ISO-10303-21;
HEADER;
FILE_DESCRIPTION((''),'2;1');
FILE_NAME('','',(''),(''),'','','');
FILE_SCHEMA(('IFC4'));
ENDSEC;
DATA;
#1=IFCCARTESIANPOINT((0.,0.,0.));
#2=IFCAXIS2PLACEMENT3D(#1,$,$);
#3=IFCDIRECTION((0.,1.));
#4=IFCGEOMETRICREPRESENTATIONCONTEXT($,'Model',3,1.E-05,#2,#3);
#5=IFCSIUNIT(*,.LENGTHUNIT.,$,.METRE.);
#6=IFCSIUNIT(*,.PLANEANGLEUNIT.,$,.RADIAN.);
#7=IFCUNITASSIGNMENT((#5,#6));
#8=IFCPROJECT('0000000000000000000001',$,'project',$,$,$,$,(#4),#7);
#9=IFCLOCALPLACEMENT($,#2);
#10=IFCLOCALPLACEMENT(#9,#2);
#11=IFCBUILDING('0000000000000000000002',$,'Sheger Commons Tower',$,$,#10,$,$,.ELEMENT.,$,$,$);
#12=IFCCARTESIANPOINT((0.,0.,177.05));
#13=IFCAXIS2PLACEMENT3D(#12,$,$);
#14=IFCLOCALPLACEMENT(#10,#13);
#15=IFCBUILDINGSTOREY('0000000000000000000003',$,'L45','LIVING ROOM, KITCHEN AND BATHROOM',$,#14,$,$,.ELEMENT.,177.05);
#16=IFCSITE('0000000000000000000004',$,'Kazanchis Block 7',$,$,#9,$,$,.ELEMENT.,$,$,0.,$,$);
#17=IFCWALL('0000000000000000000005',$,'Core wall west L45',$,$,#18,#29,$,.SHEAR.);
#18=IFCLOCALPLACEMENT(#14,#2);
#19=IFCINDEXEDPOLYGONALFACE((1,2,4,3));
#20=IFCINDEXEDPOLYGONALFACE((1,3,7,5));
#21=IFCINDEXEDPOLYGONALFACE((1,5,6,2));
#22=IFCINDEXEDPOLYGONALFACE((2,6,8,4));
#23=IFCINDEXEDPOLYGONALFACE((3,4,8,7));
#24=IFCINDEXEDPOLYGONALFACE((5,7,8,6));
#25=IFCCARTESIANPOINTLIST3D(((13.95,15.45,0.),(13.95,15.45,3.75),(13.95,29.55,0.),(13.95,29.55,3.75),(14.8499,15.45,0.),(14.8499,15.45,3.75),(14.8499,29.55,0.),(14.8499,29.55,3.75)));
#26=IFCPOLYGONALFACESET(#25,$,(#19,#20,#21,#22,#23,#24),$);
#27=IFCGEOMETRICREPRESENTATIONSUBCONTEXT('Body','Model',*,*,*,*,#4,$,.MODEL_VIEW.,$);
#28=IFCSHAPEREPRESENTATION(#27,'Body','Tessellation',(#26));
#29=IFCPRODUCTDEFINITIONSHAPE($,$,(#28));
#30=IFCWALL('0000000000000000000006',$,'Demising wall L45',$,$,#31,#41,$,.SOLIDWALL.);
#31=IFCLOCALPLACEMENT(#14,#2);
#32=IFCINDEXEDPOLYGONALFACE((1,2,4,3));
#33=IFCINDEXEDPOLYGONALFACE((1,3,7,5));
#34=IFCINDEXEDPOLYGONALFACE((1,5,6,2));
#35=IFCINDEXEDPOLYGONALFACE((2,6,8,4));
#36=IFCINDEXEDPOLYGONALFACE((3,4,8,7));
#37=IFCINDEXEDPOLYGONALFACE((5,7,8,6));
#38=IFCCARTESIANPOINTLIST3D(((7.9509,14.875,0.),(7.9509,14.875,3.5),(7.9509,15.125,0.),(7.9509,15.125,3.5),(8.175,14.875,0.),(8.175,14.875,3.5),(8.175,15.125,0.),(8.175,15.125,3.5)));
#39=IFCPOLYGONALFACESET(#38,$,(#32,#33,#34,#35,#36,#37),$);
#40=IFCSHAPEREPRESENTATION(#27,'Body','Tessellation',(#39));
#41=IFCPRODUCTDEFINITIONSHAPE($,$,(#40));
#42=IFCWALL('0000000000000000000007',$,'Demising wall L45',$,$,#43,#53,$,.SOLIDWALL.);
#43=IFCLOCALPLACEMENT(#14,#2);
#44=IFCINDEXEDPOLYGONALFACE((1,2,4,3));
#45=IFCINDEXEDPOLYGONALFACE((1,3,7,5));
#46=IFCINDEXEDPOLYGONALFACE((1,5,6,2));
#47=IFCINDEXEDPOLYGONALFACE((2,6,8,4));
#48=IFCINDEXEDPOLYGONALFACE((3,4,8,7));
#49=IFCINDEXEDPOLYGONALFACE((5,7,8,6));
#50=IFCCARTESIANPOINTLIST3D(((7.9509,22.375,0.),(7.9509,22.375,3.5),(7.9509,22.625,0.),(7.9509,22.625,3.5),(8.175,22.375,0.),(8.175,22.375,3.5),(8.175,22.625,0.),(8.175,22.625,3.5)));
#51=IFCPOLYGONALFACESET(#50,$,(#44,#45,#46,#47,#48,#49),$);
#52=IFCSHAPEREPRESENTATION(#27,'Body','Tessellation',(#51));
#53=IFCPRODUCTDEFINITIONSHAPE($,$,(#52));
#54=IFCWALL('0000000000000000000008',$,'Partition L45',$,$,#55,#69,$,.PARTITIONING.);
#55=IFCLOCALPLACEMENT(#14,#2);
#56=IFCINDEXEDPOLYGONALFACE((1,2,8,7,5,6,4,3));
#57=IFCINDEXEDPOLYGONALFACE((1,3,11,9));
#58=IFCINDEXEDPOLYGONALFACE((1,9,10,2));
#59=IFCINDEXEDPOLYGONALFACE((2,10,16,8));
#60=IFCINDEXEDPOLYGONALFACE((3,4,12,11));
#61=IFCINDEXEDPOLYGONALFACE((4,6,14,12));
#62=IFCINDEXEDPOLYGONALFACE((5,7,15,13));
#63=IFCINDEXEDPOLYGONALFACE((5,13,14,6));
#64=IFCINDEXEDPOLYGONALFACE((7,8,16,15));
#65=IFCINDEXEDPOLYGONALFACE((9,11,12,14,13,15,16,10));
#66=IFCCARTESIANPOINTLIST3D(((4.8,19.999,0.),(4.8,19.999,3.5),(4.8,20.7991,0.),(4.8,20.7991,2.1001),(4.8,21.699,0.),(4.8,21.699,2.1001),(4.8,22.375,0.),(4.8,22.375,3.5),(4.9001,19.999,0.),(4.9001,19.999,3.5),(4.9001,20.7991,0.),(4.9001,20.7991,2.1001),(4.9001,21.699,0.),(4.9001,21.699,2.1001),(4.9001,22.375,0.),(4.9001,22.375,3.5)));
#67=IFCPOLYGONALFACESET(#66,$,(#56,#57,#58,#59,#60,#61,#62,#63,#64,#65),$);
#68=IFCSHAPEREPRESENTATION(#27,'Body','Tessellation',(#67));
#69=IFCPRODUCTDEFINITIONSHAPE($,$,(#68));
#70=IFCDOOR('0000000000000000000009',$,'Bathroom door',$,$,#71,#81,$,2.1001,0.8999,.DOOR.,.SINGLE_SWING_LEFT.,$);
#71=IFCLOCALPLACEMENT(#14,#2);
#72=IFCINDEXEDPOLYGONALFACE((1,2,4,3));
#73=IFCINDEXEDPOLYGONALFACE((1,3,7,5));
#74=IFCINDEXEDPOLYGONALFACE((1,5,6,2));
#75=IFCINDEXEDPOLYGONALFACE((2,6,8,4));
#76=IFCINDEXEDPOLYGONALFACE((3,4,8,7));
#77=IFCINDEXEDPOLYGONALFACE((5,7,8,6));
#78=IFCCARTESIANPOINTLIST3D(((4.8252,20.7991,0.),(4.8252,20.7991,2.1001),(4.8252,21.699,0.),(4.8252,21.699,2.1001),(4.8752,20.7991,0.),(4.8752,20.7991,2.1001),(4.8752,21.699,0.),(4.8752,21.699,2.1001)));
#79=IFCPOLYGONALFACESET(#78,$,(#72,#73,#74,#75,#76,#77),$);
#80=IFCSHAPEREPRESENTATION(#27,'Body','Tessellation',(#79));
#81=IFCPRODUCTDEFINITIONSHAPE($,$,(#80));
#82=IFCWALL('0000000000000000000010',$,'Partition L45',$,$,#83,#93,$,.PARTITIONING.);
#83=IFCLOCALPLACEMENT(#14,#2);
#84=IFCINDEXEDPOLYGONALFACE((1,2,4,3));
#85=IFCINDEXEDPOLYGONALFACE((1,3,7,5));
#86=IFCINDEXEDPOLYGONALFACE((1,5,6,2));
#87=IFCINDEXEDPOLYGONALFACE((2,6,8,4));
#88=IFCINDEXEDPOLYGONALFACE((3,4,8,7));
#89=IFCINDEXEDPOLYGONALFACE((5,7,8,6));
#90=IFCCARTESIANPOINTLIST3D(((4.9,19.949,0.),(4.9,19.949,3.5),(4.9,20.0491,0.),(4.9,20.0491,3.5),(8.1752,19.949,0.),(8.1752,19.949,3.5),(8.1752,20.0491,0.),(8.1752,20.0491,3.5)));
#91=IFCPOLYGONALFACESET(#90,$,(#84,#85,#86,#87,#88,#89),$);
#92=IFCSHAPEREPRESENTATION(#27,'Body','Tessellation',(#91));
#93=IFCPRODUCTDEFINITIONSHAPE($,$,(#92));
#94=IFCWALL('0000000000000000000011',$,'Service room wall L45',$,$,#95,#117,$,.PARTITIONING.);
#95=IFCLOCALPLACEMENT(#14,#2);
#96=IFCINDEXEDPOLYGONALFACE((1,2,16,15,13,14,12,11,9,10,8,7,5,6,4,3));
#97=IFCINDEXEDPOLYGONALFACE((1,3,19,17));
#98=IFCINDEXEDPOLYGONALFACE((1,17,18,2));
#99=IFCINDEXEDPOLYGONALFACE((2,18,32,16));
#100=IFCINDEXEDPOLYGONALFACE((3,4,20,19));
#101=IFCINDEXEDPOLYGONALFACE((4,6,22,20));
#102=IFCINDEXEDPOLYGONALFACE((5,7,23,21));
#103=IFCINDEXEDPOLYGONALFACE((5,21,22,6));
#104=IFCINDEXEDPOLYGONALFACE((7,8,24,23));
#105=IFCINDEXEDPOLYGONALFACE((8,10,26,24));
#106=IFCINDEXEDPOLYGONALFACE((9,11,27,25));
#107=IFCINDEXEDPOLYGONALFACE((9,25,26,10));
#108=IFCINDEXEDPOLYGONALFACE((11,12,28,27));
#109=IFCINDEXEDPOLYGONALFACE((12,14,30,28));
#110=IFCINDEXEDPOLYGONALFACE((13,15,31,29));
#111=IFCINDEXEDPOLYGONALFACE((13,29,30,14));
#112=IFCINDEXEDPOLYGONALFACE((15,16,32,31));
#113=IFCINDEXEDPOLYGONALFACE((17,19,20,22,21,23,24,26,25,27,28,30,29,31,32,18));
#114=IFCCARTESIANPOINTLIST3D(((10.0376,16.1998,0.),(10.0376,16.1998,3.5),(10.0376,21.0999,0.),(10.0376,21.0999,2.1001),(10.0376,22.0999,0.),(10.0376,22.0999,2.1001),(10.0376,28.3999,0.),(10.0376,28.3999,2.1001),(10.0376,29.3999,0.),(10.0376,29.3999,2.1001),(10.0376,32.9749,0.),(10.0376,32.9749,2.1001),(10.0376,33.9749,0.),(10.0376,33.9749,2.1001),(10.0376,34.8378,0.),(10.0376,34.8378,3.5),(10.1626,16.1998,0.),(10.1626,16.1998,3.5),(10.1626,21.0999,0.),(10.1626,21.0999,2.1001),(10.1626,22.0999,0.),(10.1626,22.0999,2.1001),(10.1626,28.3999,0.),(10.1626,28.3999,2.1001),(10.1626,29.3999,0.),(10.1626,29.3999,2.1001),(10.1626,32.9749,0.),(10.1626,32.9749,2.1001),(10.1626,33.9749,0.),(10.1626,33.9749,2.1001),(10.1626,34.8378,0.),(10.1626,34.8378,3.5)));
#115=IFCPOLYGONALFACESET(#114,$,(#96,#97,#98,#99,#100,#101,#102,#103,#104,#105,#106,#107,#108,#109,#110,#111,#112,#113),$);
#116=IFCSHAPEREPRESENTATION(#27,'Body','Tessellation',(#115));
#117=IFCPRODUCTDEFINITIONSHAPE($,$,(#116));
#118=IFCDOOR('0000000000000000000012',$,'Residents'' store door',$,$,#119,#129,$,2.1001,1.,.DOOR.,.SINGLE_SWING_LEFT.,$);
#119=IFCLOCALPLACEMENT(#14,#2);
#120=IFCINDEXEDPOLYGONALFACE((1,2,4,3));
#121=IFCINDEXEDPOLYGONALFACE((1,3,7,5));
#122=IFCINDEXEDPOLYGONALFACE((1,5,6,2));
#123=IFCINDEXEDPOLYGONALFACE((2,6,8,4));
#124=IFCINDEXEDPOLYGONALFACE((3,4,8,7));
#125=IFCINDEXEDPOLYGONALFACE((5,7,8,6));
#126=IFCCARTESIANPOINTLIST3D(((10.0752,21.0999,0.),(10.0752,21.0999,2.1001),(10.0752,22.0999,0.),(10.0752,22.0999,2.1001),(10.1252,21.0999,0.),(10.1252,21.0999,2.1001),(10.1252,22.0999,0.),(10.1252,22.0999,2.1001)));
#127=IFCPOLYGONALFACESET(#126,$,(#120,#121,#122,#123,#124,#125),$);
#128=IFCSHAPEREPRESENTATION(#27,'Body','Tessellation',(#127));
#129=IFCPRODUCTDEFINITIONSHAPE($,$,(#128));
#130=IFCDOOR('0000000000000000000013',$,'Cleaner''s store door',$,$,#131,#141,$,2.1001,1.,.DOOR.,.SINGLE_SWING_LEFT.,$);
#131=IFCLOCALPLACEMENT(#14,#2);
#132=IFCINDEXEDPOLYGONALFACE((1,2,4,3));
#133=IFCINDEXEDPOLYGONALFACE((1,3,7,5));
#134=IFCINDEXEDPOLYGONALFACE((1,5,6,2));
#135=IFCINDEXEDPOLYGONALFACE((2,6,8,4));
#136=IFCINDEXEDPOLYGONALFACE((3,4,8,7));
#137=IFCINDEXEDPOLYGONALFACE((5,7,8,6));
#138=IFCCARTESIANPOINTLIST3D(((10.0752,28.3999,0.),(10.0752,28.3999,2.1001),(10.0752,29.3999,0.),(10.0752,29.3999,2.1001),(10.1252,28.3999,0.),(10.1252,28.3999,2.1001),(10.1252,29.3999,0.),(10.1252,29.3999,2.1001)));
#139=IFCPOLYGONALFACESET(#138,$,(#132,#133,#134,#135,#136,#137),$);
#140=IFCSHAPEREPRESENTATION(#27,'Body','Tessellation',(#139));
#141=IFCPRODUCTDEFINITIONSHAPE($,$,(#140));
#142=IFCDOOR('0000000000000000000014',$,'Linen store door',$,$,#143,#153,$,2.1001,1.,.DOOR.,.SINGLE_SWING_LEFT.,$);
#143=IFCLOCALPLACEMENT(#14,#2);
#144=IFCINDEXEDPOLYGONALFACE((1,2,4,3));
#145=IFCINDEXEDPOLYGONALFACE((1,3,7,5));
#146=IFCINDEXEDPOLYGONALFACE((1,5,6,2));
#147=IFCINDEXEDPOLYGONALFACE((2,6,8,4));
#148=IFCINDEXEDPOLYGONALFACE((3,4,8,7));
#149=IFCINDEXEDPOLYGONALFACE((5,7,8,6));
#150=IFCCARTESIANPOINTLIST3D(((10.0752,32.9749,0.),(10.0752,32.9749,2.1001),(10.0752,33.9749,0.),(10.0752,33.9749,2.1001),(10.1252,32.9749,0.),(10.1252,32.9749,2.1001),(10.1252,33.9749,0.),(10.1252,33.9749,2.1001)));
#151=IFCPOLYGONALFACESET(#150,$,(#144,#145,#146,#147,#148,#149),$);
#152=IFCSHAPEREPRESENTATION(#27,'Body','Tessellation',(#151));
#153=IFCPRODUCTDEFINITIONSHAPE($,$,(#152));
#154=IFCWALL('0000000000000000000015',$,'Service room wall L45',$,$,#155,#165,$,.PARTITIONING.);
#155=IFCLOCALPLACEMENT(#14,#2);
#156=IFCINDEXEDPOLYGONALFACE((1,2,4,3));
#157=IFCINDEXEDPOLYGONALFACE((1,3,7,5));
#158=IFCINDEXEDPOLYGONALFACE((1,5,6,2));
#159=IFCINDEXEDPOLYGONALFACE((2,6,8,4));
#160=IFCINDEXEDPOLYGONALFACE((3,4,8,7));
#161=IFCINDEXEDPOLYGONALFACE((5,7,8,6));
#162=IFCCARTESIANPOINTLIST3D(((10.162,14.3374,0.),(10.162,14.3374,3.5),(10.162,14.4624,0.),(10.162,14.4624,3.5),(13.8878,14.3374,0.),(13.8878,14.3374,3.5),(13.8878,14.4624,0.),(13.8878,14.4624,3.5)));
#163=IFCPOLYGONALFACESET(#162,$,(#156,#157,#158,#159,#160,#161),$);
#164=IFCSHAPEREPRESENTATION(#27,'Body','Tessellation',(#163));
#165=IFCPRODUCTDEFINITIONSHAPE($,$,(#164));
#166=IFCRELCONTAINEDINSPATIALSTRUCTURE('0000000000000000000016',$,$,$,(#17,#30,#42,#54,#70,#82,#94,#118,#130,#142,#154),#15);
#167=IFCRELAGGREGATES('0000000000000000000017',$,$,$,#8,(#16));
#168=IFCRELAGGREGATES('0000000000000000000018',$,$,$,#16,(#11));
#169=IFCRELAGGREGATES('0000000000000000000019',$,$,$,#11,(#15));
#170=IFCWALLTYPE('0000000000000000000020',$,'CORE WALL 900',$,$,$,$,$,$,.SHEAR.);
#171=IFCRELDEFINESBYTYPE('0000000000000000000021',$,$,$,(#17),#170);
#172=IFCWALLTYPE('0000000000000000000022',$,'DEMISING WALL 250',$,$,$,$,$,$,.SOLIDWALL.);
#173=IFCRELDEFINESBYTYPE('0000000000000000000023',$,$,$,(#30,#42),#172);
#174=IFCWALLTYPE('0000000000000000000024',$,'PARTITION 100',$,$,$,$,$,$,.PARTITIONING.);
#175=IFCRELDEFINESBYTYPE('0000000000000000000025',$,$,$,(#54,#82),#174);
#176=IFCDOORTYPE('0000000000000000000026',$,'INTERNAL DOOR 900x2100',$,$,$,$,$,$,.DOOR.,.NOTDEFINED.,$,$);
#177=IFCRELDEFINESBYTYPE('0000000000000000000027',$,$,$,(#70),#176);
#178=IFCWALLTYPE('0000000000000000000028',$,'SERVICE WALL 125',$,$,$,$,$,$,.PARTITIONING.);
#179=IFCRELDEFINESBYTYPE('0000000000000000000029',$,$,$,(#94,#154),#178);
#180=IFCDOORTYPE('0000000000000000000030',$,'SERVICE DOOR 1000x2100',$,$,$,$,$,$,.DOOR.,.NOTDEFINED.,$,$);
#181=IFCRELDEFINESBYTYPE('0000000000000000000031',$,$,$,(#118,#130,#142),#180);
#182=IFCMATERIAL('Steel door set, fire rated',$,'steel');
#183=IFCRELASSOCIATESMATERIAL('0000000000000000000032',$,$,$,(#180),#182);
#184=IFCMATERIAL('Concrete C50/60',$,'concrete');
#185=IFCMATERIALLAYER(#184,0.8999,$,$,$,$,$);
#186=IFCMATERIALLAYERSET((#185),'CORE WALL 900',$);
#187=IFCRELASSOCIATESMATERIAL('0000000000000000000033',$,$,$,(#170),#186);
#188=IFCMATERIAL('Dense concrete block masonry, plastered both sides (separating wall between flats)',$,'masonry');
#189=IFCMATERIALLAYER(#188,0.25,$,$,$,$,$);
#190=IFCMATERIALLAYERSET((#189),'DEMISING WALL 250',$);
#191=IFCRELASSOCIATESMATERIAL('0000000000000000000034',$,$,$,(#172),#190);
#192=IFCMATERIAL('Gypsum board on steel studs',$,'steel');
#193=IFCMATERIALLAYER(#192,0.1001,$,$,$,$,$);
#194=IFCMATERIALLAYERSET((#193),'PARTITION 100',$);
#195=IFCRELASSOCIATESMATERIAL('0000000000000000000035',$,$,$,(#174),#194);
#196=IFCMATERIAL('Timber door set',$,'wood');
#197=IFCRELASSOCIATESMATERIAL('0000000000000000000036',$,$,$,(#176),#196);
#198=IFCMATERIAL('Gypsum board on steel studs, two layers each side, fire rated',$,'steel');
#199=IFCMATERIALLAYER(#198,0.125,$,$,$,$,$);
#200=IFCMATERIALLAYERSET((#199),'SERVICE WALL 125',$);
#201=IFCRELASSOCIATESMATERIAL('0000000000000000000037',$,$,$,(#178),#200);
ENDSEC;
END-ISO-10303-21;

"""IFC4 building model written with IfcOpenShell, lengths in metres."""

from ifc_helpers import new_model, si_unit, direction, frame, frame_2d, origin, place, context, subcontext, project, spatial, rectangle, extrude, material, layer, layer_set, type_object, element, fill, save


model = new_model("IFC4")

# Units and contexts
model_context = context("Model", 3, precision=1e-05, world=origin(), true_north=direction((0.0, 1.0)))
body_context = subcontext(model_context, "Body", "Model", "MODEL_VIEW")
ifc_project = project(units=[si_unit("LENGTHUNIT", "METRE"), si_unit("PLANEANGLEUNIT", "RADIAN")], contexts=[model_context])

# Site, building, storey
site_placement = place(None, origin())
site = spatial("IfcSite", under=ifc_project, at=site_placement, Name="Kazanchis Block 7", CompositionType="ELEMENT", RefElevation=0.0)
building_placement = place(site_placement, origin())
building = spatial("IfcBuilding", under=site, at=building_placement, Name="Sheger Commons Tower", CompositionType="ELEMENT")
storey_placement = place(building_placement, frame((0.0, 0.0, 177.05)))
storey = spatial("IfcBuildingStorey", under=building, at=storey_placement, Name="L45", Description="LIVING ROOM, KITCHEN AND BATHROOM", CompositionType="ELEMENT", Elevation=177.05)

# Shared definitions
ifc_material_1 = material(Name="Steel door set, fire rated", Category="steel")
door_type_1 = type_object("IfcDoorType", Name="SERVICE DOOR 1000x2100", OperationType="NOTDEFINED", PredefinedType="DOOR", material=ifc_material_1)
ifc_material_2 = material(Name="Concrete C50/60", Category="concrete")
ifc_layer_1 = layer(ifc_material_2, 0.8999)
ifc_layer_set_1 = layer_set([ifc_layer_1], Name="CORE WALL 900")
wall_type_1 = type_object("IfcWallType", Name="CORE WALL 900", PredefinedType="SHEAR", material=ifc_layer_set_1)

# Walls
wall_1_placement = place(storey_placement, frame((14.3999, 15.45, 0.0), z_axis=(0.0, 0.0, 1.0), x_axis=(0.0, 1.0, 0.0)))
element("IfcWall", 1, at=wall_1_placement, inside=storey, type_object=wall_type_1, Name="Core wall west L45", PredefinedType="SHEAR", context=body_context, shape_type="SweptSolid", body=[
    extrude(rectangle(XDim=14.1001, YDim=0.8999, at=frame_2d((7.05, 0.0))), origin(), (0.0, 0.0, 1.0), 3.75),
])
ifc_material_3 = material(Name="Dense concrete block masonry, plastered both sides (separating wall between flats)", Category="masonry")
ifc_layer_2 = layer(ifc_material_3, 0.25)
ifc_layer_set_2 = layer_set([ifc_layer_2], Name="DEMISING WALL 250")
wall_type_2 = type_object("IfcWallType", Name="DEMISING WALL 250", PredefinedType="SOLIDWALL", material=ifc_layer_set_2)
for number, where, z_axis, x_axis, name in (
    (2, (7.9509, 15.0, 0.0), (0.0, 0.0, 1.0), (1.0, 0.0, 0.0), "Demising wall L45"),
    (3, (7.9509, 22.5, 0.0), (0.0, 0.0, 1.0), (1.0, 0.0, 0.0), "Demising wall L45"),
):
    element("IfcWall", number, at=place(storey_placement, frame(where, z_axis=z_axis, x_axis=x_axis)), inside=storey, type_object=wall_type_2, Name=name, PredefinedType="SOLIDWALL", context=body_context, shape_type="SweptSolid", body=[
        extrude(rectangle(XDim=0.2241, YDim=0.25, at=frame_2d((0.1121, 0.0))), origin(), (0.0, 0.0, 1.0), 3.5),
    ])

# Wall, opening, door
ifc_material_4 = material(Name="Gypsum board on steel studs", Category="steel")
ifc_layer_3 = layer(ifc_material_4, 0.1001)
ifc_layer_set_3 = layer_set([ifc_layer_3], Name="PARTITION 100")
wall_type_3 = type_object("IfcWallType", Name="PARTITION 100", PredefinedType="PARTITIONING", material=ifc_layer_set_3)
wall_2_placement = place(storey_placement, frame((4.8501, 19.999, 0.0), z_axis=(0.0, 0.0, 1.0), x_axis=(0.0, 1.0, 0.0)))
wall_2 = element("IfcWall", 4, at=wall_2_placement, inside=storey, type_object=wall_type_3, Name="Partition L45", PredefinedType="PARTITIONING", context=body_context, shape_type="SweptSolid", body=[
    extrude(rectangle(XDim=2.376, YDim=0.1001, at=frame_2d((1.188, 0.0))), origin(), (0.0, 0.0, 1.0), 3.5),
])
opening_1_placement = place(wall_2_placement, frame((0.8, 0.0, 0.0)))
opening_1 = element("IfcOpeningElement", 5, at=opening_1_placement, cuts=wall_2, PredefinedType="OPENING", context=body_context, shape_type="SweptSolid", body=[
    extrude(rectangle(XDim=0.8999, YDim=2.1001, at=frame_2d((0.45, 1.05))), frame((0.0, 0.0601, 0.0), z_axis=(0.0, -1.0, 0.0), x_axis=(1.0, 0.0, 0.0)), (0.0, 0.0, 1.0), 0.1201),
])
ifc_material_5 = material(Name="Timber door set", Category="wood")
door_type_2 = type_object("IfcDoorType", Name="INTERNAL DOOR 900x2100", OperationType="NOTDEFINED", PredefinedType="DOOR", material=ifc_material_5)
door_1_placement = place(opening_1_placement, origin())
door_1 = element("IfcDoor", 6, at=door_1_placement, inside=storey, type_object=door_type_2, Name="Bathroom door", OperationType="SINGLE_SWING_LEFT", OverallHeight=2.1001, OverallWidth=0.8999, PredefinedType="DOOR", context=body_context, shape_type="SweptSolid", body=[
    extrude(rectangle(XDim=0.8999, YDim=2.1001, at=frame_2d((0.45, 1.05))), frame((0.0, 0.0249, 0.0), z_axis=(0.0, -1.0, 0.0), x_axis=(1.0, 0.0, 0.0)), (0.0, 0.0, 1.0), 0.05),
])
fill(opening_1, door_1)

# Wall
wall_3_placement = place(storey_placement, frame((4.8999, 19.999, 0.0), z_axis=(0.0, 0.0, 1.0), x_axis=(1.0, 0.0, 0.0)))
element("IfcWall", 7, at=wall_3_placement, inside=storey, type_object=wall_type_3, Name="Partition L45", PredefinedType="PARTITIONING", context=body_context, shape_type="SweptSolid", body=[
    extrude(rectangle(XDim=3.2751, YDim=0.1001, at=frame_2d((1.6377, 0.0))), origin(), (0.0, 0.0, 1.0), 3.5),
])

# Wall, openings, doors
ifc_material_6 = material(Name="Gypsum board on steel studs, two layers each side, fire rated", Category="steel")
ifc_layer_4 = layer(ifc_material_6, 0.125)
ifc_layer_set_4 = layer_set([ifc_layer_4], Name="SERVICE WALL 125")
wall_type_4 = type_object("IfcWallType", Name="SERVICE WALL 125", PredefinedType="PARTITIONING", material=ifc_layer_set_4)
wall_4_placement = place(storey_placement, frame((10.1001, 16.2, 0.0), z_axis=(0.0, 0.0, 1.0), x_axis=(0.0, 1.0, 0.0)))
wall_4 = element("IfcWall", 8, at=wall_4_placement, inside=storey, type_object=wall_type_4, Name="Service room wall L45", PredefinedType="PARTITIONING", context=body_context, shape_type="SweptSolid", body=[
    extrude(rectangle(XDim=18.6379, YDim=0.125, at=frame_2d((9.3188, 0.0))), origin(), (0.0, 0.0, 1.0), 3.5),
])
opening_2_placement = place(wall_4_placement, frame((4.8999, 0.0, 0.0)))
opening_2 = element("IfcOpeningElement", 9, at=opening_2_placement, cuts=wall_4, PredefinedType="OPENING", context=body_context, shape_type="SweptSolid", body=[
    extrude(rectangle(XDim=1.0, YDim=2.1001, at=frame_2d((0.5, 1.05))), frame((0.0, 0.0725, 0.0), z_axis=(0.0, -1.0, 0.0), x_axis=(1.0, 0.0, 0.0)), (0.0, 0.0, 1.0), 0.145),
])
opening_3_placement = place(wall_4_placement, frame((12.2, 0.0, 0.0)))
opening_3 = element("IfcOpeningElement", 10, at=opening_3_placement, cuts=wall_4, PredefinedType="OPENING", context=body_context, shape_type="SweptSolid", body=[
    extrude(rectangle(XDim=1.0, YDim=2.1001, at=frame_2d((0.5, 1.05))), frame((0.0, 0.0725, 0.0), z_axis=(0.0, -1.0, 0.0), x_axis=(1.0, 0.0, 0.0)), (0.0, 0.0, 1.0), 0.145),
])
opening_4_placement = place(wall_4_placement, frame((16.7749, 0.0, 0.0)))
opening_4 = element("IfcOpeningElement", 11, at=opening_4_placement, cuts=wall_4, PredefinedType="OPENING", context=body_context, shape_type="SweptSolid", body=[
    extrude(rectangle(XDim=1.0, YDim=2.1001, at=frame_2d((0.5, 1.05))), frame((0.0, 0.0725, 0.0), z_axis=(0.0, -1.0, 0.0), x_axis=(1.0, 0.0, 0.0)), (0.0, 0.0, 1.0), 0.145),
])
door_2_placement = place(opening_2_placement, origin())
door_2 = element("IfcDoor", 12, at=door_2_placement, inside=storey, type_object=door_type_1, Name="Residents' store door", OperationType="SINGLE_SWING_LEFT", OverallHeight=2.1001, OverallWidth=1.0, PredefinedType="DOOR", context=body_context, shape_type="SweptSolid", body=[
    extrude(rectangle(XDim=1.0, YDim=2.1001, at=frame_2d((0.5, 1.05))), frame((0.0, 0.0249, 0.0), z_axis=(0.0, -1.0, 0.0), x_axis=(1.0, 0.0, 0.0)), (0.0, 0.0, 1.0), 0.05),
])
fill(opening_2, door_2)
door_3_placement = place(opening_3_placement, origin())
door_3 = element("IfcDoor", 13, at=door_3_placement, inside=storey, type_object=door_type_1, Name="Cleaner's store door", OperationType="SINGLE_SWING_LEFT", OverallHeight=2.1001, OverallWidth=1.0, PredefinedType="DOOR", context=body_context, shape_type="SweptSolid", body=[
    extrude(rectangle(XDim=1.0, YDim=2.1001, at=frame_2d((0.5, 1.05))), frame((0.0, 0.0249, 0.0), z_axis=(0.0, -1.0, 0.0), x_axis=(1.0, 0.0, 0.0)), (0.0, 0.0, 1.0), 0.05),
])
fill(opening_3, door_3)
door_4_placement = place(opening_4_placement, origin())
door_4 = element("IfcDoor", 14, at=door_4_placement, inside=storey, type_object=door_type_1, Name="Linen store door", OperationType="SINGLE_SWING_LEFT", OverallHeight=2.1001, OverallWidth=1.0, PredefinedType="DOOR", context=body_context, shape_type="SweptSolid", body=[
    extrude(rectangle(XDim=1.0, YDim=2.1001, at=frame_2d((0.5, 1.05))), frame((0.0, 0.0249, 0.0), z_axis=(0.0, -1.0, 0.0), x_axis=(1.0, 0.0, 0.0)), (0.0, 0.0, 1.0), 0.05),
])
fill(opening_4, door_4)

# Wall
wall_5_placement = place(storey_placement, frame((10.1621, 14.3999, 0.0), z_axis=(0.0, 0.0, 1.0), x_axis=(1.0, 0.0, 0.0)))
element("IfcWall", 15, at=wall_5_placement, inside=storey, type_object=wall_type_4, Name="Service room wall L45", PredefinedType="PARTITIONING", context=body_context, shape_type="SweptSolid", body=[
    extrude(rectangle(XDim=3.7258, YDim=0.125, at=frame_2d((1.8628, 0.0))), origin(), (0.0, 0.0, 1.0), 3.5),
])

save(model, "model.ifc")
